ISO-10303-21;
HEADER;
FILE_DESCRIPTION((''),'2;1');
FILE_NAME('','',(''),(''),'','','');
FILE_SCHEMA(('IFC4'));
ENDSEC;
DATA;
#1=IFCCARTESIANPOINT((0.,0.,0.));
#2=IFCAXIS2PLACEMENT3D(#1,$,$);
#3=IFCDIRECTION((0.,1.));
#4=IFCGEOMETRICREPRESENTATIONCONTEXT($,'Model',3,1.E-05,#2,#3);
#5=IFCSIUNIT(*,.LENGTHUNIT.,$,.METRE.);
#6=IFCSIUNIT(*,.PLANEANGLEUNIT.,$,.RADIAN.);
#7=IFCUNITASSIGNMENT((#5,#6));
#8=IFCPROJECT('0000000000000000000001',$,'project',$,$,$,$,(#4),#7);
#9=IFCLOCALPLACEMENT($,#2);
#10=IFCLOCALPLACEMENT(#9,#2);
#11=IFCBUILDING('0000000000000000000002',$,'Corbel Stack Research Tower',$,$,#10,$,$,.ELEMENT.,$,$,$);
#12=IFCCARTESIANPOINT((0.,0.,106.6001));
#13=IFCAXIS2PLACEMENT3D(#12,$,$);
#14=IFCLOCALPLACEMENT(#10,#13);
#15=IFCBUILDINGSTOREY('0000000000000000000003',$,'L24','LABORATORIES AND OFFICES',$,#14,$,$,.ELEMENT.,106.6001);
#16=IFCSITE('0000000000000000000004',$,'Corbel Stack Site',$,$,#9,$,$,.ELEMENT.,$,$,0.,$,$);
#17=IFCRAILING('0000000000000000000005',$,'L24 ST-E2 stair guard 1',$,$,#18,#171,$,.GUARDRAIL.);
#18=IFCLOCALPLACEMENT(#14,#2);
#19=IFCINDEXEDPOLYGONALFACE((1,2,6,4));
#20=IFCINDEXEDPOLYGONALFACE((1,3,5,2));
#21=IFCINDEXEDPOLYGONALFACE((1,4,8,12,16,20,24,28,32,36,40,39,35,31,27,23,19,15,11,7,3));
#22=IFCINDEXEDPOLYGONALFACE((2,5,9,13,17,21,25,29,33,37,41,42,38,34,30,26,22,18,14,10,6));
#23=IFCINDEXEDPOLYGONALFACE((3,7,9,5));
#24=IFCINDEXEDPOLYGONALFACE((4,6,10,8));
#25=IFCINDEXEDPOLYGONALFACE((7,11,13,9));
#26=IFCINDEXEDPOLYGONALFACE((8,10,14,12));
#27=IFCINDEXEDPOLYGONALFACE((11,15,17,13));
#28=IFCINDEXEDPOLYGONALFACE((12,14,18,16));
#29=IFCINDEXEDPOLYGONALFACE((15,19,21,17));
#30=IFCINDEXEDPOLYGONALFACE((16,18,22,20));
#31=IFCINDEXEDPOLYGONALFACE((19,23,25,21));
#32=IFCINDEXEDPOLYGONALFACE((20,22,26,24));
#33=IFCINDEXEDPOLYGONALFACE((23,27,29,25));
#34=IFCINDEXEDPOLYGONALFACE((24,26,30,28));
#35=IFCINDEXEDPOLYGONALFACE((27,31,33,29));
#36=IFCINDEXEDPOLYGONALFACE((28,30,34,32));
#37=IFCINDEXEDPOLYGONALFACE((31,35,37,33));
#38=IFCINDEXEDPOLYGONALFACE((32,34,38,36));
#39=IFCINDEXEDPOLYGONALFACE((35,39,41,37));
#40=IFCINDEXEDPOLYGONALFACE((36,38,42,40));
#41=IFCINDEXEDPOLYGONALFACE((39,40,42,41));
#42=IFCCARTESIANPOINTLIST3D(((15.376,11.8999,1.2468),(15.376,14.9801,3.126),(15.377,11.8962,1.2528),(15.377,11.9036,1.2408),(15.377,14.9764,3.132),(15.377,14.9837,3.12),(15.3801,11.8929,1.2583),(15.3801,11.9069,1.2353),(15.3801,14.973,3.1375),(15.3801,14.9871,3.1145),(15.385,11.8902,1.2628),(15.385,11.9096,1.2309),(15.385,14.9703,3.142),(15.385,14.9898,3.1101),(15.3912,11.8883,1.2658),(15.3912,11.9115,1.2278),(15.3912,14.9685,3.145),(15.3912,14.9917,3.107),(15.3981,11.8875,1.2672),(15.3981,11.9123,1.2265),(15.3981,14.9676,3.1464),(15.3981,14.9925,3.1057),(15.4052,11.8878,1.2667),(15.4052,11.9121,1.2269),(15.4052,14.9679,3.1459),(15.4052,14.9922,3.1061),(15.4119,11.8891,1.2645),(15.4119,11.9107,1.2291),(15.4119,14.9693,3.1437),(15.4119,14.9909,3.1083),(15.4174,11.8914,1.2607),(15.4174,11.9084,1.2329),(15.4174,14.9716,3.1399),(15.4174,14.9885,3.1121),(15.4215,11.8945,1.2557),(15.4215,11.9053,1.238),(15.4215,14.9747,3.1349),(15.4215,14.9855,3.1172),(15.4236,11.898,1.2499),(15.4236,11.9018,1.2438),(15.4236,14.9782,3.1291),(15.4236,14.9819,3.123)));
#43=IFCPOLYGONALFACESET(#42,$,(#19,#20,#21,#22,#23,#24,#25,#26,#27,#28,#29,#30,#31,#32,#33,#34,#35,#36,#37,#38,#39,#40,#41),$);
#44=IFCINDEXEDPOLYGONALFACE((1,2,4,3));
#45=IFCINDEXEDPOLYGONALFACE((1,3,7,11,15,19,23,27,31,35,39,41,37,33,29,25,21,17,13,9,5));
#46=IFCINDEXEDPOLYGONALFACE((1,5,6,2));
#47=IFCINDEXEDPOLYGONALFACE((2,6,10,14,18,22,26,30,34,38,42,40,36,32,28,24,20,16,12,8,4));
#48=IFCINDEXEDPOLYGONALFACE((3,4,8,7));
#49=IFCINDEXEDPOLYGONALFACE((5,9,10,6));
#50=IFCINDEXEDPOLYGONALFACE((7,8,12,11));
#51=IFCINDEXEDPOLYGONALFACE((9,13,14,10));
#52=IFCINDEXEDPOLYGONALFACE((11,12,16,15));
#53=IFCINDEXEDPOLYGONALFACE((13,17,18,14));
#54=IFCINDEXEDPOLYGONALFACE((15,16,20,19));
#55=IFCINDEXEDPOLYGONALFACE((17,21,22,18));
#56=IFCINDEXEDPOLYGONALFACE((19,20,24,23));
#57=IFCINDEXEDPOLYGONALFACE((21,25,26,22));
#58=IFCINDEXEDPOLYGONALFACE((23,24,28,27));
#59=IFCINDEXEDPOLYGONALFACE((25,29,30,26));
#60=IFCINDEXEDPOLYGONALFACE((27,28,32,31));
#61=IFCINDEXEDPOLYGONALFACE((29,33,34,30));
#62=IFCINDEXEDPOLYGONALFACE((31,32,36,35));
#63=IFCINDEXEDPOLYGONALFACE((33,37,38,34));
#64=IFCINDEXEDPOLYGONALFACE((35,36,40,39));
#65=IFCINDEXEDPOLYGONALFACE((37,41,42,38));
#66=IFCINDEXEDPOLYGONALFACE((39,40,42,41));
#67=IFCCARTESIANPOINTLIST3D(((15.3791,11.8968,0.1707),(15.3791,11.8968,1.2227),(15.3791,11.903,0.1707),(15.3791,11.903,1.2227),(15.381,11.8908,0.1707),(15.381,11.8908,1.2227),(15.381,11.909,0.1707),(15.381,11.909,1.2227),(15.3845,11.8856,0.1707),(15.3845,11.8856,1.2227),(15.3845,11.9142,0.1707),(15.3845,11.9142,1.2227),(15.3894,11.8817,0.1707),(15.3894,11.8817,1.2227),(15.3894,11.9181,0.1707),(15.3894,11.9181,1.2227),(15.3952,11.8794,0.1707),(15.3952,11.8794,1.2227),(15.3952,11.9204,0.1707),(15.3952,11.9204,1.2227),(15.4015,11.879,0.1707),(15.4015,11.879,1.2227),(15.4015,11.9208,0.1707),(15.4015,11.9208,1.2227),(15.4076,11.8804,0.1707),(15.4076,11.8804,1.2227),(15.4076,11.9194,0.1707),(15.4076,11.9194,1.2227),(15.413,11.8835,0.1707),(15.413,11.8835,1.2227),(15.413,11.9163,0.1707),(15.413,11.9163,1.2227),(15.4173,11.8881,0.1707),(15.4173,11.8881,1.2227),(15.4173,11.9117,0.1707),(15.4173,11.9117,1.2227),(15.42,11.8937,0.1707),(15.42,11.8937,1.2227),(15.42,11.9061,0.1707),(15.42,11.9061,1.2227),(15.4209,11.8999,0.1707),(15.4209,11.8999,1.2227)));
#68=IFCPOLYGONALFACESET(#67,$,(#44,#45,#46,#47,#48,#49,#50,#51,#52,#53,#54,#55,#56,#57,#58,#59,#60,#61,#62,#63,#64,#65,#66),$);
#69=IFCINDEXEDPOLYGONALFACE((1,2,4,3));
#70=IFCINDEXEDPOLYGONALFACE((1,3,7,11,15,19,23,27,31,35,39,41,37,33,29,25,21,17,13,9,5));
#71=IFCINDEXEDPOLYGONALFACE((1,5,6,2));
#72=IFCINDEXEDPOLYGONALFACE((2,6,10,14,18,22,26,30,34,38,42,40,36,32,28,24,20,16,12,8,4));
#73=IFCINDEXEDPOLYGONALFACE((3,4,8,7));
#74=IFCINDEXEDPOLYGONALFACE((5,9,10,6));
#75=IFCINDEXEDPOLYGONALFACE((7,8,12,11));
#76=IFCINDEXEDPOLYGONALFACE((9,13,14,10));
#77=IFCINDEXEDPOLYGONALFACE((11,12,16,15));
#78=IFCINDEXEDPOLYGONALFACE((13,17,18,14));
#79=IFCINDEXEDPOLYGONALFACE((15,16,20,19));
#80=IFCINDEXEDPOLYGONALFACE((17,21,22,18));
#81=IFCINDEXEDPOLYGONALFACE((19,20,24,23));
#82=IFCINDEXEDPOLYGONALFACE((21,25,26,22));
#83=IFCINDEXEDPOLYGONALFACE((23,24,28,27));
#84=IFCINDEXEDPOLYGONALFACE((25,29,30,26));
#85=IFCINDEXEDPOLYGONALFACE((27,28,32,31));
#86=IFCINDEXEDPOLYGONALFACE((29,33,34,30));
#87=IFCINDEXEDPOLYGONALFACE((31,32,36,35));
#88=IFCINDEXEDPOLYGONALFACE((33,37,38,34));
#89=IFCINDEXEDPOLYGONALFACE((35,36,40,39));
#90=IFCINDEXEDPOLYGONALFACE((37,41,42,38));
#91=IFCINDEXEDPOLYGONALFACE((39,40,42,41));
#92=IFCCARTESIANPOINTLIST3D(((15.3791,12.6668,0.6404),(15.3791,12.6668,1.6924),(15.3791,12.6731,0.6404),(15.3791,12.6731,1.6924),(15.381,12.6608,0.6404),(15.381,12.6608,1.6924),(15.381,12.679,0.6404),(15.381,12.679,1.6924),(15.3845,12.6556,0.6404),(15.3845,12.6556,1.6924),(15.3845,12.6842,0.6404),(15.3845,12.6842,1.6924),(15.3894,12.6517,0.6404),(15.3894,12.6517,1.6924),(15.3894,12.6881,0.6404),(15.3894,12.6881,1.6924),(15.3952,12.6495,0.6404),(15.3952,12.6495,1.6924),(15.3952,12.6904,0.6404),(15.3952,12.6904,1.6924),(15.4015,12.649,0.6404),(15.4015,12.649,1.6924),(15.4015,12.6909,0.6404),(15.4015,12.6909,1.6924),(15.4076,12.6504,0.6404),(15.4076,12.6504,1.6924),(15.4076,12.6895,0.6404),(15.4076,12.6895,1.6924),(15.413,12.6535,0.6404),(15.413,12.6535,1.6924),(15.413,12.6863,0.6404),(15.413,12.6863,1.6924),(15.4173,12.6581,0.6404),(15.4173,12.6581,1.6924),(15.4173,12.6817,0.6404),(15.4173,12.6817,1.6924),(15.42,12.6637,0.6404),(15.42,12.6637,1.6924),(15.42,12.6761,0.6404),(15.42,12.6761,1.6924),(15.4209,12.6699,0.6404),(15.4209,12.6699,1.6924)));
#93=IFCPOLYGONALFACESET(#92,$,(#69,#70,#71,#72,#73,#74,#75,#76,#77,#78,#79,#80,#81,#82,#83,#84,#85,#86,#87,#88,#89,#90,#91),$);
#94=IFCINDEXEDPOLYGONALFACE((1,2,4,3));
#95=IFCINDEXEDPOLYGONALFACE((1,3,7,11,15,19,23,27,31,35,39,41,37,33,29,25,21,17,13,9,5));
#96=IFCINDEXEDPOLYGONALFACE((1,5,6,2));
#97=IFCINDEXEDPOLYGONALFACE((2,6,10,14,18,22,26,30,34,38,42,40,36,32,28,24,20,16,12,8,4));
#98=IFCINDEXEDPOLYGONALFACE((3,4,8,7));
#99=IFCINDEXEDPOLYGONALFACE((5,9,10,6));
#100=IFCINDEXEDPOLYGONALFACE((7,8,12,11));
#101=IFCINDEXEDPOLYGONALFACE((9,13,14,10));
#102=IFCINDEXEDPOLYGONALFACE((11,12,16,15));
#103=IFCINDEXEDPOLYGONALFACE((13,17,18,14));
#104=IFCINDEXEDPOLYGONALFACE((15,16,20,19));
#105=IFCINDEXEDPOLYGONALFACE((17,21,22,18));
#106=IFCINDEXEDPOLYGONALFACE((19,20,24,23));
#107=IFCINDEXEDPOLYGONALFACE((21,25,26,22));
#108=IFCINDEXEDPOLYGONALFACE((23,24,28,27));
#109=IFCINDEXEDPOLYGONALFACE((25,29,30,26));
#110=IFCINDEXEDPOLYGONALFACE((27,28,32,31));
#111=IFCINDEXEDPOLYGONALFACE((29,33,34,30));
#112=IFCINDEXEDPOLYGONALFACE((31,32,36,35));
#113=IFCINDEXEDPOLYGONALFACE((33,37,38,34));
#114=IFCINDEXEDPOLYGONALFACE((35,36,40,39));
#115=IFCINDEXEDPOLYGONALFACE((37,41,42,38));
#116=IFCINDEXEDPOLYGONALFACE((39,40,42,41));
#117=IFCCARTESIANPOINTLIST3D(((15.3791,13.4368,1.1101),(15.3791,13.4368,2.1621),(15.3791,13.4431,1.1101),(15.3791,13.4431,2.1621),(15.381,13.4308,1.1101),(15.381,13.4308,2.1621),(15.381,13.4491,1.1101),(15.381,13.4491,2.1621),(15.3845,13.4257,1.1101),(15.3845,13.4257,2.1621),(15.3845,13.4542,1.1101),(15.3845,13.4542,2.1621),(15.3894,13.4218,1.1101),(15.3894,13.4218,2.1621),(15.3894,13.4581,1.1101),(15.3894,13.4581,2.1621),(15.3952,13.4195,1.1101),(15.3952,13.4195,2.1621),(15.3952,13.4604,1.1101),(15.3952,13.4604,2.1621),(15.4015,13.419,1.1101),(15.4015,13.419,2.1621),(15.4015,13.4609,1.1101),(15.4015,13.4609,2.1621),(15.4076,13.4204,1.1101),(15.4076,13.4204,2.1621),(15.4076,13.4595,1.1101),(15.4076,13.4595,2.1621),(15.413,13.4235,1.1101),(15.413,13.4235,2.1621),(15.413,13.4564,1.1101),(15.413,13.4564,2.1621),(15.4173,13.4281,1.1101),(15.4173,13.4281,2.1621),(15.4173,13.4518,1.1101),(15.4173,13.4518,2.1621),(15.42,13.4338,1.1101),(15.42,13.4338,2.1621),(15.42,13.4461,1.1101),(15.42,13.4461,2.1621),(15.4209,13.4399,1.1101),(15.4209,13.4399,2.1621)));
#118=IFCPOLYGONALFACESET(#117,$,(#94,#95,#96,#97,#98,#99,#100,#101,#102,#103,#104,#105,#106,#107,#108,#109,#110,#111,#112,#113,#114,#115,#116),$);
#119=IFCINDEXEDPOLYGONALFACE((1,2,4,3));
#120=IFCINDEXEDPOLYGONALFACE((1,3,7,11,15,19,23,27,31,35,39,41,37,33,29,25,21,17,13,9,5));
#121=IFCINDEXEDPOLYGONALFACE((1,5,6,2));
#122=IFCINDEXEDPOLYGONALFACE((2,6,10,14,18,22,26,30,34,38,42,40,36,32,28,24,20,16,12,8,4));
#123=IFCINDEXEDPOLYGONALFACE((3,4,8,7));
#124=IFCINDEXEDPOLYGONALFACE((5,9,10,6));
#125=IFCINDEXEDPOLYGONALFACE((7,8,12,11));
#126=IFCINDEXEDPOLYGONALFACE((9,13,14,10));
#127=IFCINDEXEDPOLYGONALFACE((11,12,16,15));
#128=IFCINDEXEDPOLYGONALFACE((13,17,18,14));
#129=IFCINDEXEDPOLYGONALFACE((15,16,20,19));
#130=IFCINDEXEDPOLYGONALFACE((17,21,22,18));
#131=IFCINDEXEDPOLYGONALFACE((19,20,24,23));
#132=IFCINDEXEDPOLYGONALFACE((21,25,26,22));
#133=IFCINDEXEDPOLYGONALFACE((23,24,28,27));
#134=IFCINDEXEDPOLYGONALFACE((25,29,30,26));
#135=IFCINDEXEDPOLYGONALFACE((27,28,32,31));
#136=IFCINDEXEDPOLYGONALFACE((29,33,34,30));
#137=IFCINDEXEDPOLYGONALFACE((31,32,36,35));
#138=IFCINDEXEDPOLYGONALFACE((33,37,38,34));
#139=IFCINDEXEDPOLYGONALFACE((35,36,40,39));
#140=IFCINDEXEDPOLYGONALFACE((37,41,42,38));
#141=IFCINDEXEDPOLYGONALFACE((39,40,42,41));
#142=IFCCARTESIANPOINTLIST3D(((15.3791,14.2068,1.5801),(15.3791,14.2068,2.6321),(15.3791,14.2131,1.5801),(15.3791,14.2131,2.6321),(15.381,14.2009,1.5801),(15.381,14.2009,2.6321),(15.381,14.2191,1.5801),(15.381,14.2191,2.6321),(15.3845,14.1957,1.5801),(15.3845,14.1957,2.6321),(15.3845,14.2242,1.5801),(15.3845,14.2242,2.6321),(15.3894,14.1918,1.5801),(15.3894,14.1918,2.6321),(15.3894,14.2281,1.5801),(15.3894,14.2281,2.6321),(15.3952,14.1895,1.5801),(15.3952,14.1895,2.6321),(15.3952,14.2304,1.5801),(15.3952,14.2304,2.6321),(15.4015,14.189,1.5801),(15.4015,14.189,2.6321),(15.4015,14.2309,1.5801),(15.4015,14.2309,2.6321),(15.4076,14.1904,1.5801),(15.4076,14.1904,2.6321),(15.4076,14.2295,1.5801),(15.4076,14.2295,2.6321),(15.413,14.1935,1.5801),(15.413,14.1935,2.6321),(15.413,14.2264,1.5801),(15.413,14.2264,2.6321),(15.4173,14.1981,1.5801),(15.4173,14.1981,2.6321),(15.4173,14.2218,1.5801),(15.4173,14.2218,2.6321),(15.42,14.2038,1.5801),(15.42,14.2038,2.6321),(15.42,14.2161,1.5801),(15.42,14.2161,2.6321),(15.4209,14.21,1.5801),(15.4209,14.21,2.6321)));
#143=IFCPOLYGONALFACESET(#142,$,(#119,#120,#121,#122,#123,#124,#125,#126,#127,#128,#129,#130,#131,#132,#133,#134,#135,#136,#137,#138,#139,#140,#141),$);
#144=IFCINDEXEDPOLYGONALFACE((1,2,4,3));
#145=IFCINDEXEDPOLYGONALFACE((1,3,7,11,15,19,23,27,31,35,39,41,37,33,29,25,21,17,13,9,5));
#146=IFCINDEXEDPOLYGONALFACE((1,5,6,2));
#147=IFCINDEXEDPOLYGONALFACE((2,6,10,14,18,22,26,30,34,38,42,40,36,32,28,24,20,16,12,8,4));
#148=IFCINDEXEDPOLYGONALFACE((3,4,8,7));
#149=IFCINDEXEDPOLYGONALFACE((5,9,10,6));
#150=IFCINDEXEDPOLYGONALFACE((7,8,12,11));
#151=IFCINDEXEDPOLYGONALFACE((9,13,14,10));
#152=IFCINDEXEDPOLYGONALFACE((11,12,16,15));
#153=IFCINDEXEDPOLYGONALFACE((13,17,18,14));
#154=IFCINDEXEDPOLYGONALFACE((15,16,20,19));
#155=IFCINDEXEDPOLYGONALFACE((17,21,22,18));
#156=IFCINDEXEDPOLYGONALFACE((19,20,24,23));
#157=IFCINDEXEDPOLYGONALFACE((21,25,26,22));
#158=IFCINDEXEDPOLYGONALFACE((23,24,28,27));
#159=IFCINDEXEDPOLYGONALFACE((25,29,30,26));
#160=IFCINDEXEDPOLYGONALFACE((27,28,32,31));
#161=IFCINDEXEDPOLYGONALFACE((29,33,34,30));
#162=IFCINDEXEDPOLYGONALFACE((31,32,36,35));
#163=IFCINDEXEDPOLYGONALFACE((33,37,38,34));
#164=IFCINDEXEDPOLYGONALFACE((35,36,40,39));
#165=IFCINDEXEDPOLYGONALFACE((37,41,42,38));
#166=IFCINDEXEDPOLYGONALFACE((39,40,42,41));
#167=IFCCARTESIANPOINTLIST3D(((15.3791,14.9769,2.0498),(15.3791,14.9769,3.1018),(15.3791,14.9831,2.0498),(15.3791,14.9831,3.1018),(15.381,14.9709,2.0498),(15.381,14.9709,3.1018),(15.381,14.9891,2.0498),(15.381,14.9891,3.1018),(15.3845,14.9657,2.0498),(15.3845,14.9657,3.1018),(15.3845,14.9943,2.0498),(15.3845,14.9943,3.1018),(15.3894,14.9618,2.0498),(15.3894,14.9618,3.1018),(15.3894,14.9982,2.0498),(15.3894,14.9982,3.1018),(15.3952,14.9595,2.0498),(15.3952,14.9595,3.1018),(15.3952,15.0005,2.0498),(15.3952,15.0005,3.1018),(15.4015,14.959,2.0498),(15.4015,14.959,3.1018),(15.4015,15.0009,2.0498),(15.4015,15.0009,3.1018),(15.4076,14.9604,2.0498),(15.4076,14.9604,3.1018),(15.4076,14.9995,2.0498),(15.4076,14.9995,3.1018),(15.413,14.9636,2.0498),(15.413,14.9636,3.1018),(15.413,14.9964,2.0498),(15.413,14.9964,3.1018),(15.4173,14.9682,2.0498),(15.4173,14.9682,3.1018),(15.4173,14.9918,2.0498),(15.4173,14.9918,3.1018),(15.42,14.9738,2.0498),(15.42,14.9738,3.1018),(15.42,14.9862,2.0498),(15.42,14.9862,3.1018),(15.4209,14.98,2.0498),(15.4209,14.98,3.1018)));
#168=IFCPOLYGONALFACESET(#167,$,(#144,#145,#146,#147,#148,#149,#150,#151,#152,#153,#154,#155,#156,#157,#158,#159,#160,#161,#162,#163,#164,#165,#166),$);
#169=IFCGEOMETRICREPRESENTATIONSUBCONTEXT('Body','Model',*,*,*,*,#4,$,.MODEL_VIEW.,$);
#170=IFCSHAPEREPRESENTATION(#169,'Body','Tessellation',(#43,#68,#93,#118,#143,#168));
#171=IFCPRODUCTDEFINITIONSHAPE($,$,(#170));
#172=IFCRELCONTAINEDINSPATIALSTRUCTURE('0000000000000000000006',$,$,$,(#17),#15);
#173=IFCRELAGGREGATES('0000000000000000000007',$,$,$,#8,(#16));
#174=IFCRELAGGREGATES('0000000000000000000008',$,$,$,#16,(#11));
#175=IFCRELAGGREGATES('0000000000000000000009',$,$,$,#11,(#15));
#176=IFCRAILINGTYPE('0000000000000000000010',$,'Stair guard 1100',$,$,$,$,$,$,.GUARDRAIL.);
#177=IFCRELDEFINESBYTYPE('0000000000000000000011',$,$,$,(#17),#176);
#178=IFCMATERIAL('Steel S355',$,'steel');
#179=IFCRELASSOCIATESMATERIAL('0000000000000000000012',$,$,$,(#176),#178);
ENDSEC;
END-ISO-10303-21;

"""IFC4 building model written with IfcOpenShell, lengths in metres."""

from ifc_helpers import new_model, si_unit, direction, frame, origin, origin_2d, place, context, subcontext, project, spatial, circle, extrude, material, type_object, element, save


model = new_model("IFC4")

# Units and contexts
model_context = context("Model", 3, precision=1e-05, world=origin(), true_north=direction((0.0, 1.0)))
body_context = subcontext(model_context, "Body", "Model", "MODEL_VIEW")
ifc_project = project(units=[si_unit("LENGTHUNIT", "METRE"), si_unit("PLANEANGLEUNIT", "RADIAN")], contexts=[model_context])

# Site, building, storey
site_placement = place(None, origin())
site = spatial("IfcSite", under=ifc_project, at=site_placement, Name="Corbel Stack Site", CompositionType="ELEMENT", RefElevation=0.0)
building_placement = place(site_placement, origin())
building = spatial("IfcBuilding", under=site, at=building_placement, Name="Corbel Stack Research Tower", CompositionType="ELEMENT")
storey_placement = place(building_placement, frame((0.0, 0.0, 106.6001)))
storey = spatial("IfcBuildingStorey", under=building, at=storey_placement, Name="L24", Description="LABORATORIES AND OFFICES", CompositionType="ELEMENT", Elevation=106.6001)

# Railing
ifc_material_1 = material(Name="Steel S355", Category="steel")
railing_type_1 = type_object("IfcRailingType", Name="Stair guard 1100", PredefinedType="GUARDRAIL", material=ifc_material_1)
railing_1_placement = place(storey_placement, frame((15.3999, 11.8999, 0.1707)))
element("IfcRailing", 1, at=railing_1_placement, inside=storey, type_object=railing_type_1, Name="L24 ST-E2 stair guard 1", PredefinedType="GUARDRAIL", context=body_context, shape_type="SweptSolid", body=[
    extrude(circle(Radius=0.0239, at=origin_2d()), frame((0.0, 0.0, 1.0762), z_axis=(0.0, 0.853666, 0.52082), x_axis=(-1.0, 0.0, 0.0)), (0.0, 0.0, 1.0), 3.6082),
    extrude(circle(Radius=0.021, at=origin_2d()), origin(), (0.0, 0.0, 1.0), 1.052),
    extrude(circle(Radius=0.021, at=origin_2d()), frame((0.0, 0.77, 0.4697)), (0.0, 0.0, 1.0), 1.052),
    extrude(circle(Radius=0.021, at=origin_2d()), frame((0.0, 1.54, 0.9395)), (0.0, 0.0, 1.0), 1.052),
    extrude(circle(Radius=0.021, at=origin_2d()), frame((0.0, 2.3101, 1.4094)), (0.0, 0.0, 1.0), 1.052),
    extrude(circle(Radius=0.021, at=origin_2d()), frame((0.0, 3.0801, 1.8792)), (0.0, 0.0, 1.0), 1.052),
])

save(model, "model.ifc")
